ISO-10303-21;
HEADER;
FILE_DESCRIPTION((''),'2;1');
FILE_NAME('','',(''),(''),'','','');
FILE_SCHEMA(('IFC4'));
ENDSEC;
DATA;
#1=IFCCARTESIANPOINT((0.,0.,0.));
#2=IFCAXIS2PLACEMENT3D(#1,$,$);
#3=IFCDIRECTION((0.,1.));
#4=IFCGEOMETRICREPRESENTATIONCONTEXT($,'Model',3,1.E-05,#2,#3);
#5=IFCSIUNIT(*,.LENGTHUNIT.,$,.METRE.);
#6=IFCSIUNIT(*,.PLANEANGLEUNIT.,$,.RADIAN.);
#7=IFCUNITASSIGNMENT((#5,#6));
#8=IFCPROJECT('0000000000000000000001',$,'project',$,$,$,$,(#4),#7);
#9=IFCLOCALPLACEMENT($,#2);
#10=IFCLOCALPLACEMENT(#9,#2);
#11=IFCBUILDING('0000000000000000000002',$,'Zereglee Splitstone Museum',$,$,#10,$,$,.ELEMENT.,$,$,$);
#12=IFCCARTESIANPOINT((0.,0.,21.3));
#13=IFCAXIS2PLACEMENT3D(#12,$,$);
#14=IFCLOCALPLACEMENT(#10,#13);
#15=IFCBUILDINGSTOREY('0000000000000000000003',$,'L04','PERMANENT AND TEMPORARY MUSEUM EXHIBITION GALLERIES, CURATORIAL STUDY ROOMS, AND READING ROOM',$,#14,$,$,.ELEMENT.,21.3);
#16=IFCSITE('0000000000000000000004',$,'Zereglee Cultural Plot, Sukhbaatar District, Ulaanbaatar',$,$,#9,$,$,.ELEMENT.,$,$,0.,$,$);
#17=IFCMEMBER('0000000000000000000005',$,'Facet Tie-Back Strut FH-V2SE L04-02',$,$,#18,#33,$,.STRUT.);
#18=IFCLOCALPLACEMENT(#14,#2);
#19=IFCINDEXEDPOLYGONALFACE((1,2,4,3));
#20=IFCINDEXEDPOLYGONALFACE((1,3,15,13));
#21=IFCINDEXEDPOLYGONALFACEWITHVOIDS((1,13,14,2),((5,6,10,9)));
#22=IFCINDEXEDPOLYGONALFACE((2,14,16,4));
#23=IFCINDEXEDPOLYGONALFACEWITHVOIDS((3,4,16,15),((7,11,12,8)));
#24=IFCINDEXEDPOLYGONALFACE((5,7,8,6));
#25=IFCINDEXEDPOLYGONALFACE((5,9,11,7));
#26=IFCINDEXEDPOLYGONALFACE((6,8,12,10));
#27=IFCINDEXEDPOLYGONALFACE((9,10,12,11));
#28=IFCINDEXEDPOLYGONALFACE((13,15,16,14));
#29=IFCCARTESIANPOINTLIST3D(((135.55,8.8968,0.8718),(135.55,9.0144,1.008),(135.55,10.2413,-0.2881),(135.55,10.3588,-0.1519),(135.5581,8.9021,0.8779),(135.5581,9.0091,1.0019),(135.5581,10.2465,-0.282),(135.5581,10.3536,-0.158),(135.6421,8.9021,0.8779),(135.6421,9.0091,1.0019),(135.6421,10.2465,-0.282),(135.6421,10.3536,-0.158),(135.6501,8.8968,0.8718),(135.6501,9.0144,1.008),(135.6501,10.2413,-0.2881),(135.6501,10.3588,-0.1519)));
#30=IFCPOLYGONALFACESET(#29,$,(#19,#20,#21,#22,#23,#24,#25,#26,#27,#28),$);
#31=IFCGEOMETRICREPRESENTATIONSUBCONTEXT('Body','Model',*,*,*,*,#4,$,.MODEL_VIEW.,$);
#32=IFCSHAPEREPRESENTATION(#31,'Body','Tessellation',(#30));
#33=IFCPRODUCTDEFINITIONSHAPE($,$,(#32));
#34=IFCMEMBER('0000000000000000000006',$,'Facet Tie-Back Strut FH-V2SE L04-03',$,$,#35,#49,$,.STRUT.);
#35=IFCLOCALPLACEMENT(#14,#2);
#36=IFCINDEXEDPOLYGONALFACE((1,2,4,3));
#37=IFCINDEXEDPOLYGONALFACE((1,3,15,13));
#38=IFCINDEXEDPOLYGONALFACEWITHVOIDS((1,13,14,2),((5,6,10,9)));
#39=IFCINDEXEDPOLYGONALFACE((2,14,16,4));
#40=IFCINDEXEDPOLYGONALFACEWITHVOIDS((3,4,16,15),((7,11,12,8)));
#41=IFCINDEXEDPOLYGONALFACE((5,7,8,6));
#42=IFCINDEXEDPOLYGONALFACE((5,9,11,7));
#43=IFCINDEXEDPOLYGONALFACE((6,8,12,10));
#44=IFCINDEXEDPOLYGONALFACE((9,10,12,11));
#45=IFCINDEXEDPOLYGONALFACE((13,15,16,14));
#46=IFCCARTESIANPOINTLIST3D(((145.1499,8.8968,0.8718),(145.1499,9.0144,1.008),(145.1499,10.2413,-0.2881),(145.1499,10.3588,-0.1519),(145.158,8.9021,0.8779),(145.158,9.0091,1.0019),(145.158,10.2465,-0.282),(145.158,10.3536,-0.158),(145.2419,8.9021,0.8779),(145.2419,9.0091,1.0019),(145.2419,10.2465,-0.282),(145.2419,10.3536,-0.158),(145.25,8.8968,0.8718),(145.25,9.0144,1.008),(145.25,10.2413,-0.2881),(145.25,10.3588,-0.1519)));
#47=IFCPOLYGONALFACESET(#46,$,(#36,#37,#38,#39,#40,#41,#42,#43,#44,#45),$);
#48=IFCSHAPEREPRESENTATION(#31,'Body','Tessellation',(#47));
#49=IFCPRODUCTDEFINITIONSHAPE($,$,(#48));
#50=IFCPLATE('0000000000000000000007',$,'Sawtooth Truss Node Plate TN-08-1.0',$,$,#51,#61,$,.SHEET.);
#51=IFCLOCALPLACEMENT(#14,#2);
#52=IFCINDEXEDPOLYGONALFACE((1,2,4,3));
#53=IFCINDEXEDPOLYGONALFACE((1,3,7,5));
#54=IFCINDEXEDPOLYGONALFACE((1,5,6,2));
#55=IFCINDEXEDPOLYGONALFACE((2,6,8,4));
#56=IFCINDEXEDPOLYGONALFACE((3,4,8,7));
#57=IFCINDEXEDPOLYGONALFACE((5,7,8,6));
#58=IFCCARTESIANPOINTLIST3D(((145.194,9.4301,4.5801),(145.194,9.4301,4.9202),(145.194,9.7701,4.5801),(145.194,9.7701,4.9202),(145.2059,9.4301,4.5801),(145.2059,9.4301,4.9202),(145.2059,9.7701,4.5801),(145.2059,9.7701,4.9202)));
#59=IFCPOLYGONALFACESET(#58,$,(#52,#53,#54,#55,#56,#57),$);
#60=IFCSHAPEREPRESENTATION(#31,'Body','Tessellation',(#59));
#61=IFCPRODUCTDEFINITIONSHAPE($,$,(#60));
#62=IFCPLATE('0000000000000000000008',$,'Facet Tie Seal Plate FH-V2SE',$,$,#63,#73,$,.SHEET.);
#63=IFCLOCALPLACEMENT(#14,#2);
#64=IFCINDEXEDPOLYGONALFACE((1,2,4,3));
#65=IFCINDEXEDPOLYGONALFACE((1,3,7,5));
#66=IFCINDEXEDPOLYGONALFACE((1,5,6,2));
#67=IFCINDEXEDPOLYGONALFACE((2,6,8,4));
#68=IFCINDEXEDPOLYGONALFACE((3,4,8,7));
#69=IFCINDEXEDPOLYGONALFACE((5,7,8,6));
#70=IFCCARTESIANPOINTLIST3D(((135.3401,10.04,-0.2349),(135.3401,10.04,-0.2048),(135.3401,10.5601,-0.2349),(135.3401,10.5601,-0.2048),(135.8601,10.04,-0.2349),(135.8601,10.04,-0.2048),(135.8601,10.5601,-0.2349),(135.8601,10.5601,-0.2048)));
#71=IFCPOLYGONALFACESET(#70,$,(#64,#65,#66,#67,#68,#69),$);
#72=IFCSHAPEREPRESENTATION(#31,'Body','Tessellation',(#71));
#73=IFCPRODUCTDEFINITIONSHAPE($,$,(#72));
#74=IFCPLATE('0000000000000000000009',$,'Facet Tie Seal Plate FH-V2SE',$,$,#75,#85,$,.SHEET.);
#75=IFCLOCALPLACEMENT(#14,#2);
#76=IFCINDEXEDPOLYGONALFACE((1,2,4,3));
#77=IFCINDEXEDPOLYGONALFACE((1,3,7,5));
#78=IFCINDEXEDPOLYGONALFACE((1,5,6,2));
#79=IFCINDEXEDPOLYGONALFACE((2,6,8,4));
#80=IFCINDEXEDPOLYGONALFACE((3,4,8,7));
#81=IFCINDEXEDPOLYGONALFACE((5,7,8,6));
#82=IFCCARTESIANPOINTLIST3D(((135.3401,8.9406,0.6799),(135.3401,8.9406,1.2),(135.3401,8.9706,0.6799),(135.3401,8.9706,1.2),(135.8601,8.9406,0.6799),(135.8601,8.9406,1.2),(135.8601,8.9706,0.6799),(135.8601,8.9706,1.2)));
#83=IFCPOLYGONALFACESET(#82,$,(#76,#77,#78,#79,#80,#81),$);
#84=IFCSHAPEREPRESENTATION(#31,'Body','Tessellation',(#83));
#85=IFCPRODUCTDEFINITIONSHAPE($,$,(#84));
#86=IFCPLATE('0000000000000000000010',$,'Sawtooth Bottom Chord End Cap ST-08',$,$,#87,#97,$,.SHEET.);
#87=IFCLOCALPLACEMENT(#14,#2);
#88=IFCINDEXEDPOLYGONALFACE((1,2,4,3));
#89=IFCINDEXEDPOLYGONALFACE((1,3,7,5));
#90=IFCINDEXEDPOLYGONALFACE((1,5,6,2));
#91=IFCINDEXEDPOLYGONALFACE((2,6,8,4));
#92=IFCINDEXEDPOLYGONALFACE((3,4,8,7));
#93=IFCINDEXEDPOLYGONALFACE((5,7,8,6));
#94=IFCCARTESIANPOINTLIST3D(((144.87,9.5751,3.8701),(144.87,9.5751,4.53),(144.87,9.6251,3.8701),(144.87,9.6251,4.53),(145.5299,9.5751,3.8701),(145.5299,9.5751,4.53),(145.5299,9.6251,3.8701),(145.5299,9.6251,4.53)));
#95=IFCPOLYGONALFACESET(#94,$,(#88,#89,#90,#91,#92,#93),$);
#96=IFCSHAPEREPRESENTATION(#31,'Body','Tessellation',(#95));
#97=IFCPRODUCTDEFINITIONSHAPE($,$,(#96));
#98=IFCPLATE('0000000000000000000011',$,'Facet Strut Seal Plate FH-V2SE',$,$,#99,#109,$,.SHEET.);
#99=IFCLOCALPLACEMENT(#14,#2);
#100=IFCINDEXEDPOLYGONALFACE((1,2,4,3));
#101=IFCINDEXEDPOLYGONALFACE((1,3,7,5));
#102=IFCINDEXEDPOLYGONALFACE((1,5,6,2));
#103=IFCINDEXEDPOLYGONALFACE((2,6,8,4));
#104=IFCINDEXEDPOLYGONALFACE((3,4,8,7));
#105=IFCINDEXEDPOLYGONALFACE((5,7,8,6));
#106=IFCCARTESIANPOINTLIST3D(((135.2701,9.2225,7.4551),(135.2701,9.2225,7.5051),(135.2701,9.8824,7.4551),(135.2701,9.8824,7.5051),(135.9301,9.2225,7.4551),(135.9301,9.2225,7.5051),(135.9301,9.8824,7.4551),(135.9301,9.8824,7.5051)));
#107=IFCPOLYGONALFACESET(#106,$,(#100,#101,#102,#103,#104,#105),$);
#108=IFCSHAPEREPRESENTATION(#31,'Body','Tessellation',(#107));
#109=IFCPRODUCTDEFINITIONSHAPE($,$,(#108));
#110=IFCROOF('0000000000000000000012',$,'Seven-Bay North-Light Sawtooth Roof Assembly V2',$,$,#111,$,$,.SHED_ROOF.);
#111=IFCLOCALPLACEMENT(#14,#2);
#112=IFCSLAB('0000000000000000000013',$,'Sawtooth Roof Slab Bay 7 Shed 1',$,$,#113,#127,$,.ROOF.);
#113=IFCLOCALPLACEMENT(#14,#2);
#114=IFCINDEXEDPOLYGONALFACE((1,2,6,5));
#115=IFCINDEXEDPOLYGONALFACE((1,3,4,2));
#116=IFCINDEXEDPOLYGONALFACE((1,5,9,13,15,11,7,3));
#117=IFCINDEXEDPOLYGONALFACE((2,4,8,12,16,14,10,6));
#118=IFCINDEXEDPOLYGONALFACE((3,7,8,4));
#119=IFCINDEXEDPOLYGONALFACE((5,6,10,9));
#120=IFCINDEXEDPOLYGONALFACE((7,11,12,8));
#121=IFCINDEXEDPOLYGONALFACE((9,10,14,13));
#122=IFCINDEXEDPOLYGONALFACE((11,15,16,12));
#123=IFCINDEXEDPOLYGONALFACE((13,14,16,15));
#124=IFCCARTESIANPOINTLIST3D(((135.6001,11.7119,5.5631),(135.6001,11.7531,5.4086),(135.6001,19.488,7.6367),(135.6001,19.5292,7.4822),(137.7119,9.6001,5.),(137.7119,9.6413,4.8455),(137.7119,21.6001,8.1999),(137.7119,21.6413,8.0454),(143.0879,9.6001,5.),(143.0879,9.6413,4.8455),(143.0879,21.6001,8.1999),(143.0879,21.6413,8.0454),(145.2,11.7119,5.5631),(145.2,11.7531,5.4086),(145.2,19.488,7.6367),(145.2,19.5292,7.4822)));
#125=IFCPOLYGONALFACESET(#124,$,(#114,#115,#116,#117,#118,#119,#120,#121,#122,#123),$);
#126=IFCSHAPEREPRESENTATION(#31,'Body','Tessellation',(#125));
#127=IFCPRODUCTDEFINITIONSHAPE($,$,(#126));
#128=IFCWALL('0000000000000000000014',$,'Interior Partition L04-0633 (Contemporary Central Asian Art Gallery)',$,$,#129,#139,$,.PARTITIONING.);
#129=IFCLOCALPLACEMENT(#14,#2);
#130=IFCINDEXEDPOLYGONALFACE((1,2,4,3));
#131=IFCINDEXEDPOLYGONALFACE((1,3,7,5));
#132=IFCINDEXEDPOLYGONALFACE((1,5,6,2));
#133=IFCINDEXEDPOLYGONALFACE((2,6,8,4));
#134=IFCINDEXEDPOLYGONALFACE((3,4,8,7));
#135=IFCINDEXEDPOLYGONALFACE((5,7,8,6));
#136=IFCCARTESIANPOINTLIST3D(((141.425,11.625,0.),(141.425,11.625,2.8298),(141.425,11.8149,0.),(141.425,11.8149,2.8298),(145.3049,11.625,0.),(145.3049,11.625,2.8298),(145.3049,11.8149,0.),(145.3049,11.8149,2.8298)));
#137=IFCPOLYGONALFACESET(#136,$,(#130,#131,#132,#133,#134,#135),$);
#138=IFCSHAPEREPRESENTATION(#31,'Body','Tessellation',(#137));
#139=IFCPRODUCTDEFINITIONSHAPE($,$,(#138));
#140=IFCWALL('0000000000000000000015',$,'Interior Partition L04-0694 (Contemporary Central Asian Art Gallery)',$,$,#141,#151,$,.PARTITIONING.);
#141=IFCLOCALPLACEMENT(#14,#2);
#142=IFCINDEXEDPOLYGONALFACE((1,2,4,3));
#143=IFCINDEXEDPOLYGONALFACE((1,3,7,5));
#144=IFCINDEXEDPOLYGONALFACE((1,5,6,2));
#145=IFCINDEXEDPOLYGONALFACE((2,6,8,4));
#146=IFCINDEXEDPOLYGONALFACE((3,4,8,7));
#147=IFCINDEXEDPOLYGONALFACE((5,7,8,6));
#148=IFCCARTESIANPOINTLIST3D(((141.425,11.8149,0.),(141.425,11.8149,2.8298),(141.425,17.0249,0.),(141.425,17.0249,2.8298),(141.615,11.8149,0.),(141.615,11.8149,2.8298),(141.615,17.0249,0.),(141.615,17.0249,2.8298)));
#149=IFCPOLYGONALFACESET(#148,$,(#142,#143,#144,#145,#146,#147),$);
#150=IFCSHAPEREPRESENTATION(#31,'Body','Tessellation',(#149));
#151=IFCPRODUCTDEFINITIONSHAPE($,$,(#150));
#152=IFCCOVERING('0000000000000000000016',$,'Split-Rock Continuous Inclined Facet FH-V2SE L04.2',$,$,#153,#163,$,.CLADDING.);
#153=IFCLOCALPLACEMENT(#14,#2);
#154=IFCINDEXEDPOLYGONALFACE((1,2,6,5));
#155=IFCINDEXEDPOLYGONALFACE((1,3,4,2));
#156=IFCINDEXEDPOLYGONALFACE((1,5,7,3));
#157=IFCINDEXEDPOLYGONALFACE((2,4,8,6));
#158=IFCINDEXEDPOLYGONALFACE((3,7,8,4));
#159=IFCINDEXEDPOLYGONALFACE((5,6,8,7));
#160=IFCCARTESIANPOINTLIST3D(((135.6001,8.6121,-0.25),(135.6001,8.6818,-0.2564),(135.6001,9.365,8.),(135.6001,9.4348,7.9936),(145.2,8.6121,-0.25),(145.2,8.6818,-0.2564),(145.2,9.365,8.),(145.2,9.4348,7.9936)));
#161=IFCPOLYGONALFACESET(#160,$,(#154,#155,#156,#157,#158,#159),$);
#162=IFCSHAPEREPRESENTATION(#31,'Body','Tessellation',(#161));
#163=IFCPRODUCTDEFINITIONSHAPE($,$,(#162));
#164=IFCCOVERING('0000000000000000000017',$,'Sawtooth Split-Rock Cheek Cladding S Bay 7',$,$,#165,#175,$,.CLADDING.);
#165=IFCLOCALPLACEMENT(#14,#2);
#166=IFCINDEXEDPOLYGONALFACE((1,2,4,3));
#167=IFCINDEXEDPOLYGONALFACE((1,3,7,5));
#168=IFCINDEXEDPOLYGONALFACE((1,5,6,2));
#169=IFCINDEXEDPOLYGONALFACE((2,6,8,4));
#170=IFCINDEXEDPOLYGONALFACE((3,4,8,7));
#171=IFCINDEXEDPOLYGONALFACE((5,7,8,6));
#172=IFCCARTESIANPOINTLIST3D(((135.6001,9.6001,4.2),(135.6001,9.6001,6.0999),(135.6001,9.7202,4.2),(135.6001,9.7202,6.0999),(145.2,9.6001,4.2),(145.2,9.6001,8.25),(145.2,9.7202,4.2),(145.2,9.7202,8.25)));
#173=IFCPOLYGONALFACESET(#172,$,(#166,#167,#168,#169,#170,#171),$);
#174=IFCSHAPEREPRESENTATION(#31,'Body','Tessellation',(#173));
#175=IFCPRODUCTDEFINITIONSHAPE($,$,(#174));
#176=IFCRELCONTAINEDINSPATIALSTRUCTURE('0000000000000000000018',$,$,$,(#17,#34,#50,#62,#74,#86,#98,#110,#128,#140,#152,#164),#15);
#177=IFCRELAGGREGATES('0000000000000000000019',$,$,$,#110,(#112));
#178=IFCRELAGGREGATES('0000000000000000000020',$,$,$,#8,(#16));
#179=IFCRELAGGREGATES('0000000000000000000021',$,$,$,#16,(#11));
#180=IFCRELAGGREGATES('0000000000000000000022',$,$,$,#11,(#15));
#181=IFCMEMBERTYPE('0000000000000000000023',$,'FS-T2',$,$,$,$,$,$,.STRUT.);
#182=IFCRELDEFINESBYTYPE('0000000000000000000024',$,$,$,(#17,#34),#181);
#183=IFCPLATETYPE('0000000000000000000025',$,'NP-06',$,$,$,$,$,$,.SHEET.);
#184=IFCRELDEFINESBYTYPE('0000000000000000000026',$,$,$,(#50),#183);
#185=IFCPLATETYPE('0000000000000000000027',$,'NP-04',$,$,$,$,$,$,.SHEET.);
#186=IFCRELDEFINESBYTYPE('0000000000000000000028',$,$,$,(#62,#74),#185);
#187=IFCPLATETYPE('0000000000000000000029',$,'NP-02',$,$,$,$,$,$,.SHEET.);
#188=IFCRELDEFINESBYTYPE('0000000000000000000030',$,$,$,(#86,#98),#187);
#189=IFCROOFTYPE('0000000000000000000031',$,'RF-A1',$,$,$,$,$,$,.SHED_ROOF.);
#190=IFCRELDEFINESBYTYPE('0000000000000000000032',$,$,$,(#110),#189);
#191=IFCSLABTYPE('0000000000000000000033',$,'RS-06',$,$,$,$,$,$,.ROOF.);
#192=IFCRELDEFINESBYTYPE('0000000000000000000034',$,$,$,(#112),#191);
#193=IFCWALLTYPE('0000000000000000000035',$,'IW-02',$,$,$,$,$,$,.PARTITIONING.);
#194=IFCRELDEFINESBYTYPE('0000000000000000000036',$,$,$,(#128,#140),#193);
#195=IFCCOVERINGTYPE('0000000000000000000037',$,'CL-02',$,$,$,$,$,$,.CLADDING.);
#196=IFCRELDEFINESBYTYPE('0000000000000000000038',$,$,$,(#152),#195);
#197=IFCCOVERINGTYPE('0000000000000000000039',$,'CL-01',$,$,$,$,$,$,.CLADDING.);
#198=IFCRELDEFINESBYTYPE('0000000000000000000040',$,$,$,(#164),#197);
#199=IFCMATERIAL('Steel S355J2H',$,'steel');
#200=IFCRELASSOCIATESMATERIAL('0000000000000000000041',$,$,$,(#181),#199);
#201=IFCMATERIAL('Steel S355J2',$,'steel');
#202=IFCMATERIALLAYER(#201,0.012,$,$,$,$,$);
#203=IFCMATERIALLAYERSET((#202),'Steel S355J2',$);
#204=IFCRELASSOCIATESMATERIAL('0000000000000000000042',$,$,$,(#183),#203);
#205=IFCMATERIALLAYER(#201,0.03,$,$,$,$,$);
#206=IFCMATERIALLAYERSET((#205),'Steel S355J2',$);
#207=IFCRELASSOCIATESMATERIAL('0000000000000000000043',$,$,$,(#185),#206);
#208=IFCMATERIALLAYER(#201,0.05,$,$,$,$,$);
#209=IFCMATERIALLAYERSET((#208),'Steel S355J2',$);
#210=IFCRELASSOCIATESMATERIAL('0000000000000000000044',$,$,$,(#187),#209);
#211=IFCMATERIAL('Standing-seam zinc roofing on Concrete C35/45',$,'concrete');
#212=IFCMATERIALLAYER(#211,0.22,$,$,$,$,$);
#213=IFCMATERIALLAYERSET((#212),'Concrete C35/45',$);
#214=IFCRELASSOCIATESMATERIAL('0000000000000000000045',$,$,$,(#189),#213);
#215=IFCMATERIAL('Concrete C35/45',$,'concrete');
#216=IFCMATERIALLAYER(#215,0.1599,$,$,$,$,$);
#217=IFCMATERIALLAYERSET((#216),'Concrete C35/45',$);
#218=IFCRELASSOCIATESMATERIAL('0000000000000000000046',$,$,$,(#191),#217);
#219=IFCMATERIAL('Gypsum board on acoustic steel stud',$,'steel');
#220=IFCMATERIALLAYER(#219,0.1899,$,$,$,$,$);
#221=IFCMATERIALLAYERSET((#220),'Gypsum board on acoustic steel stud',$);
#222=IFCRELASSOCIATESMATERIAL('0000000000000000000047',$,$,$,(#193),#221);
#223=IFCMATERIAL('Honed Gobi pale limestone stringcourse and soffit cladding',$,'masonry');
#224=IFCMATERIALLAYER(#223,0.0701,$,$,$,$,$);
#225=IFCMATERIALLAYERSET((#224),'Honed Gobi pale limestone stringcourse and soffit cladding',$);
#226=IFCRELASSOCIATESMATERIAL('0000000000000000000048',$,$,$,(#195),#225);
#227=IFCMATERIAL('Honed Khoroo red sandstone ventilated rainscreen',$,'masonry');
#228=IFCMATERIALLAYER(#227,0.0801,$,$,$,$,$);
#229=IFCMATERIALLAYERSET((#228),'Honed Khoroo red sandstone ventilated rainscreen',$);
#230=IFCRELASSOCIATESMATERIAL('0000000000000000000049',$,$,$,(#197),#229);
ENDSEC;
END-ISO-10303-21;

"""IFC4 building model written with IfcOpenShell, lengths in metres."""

from ifc_helpers import new_model, si_unit, direction, frame, frame_2d, origin, origin_2d, place, context, subcontext, project, spatial, polyline, rectangle, hollow_rectangle, outline, extrude, material, layer, layer_set, material_profile, profile_set, type_object, element, aggregate, save


model = new_model("IFC4")

# Units and contexts
model_context = context("Model", 3, precision=1e-05, world=origin(), true_north=direction((0.0, 1.0)))
body_context = subcontext(model_context, "Body", "Model", "MODEL_VIEW")
ifc_project = project(units=[si_unit("LENGTHUNIT", "METRE"), si_unit("PLANEANGLEUNIT", "RADIAN")], contexts=[model_context])

# Site, building, storey
site_placement = place(None, origin())
site = spatial("IfcSite", under=ifc_project, at=site_placement, Name="Zereglee Cultural Plot, Sukhbaatar District, Ulaanbaatar", CompositionType="ELEMENT", RefElevation=0.0)
building_placement = place(site_placement, origin())
building = spatial("IfcBuilding", under=site, at=building_placement, Name="Zereglee Splitstone Museum", CompositionType="ELEMENT")
storey_placement = place(building_placement, frame((0.0, 0.0, 21.3)))
storey = spatial("IfcBuildingStorey", under=building, at=storey_placement, Name="L04", Description="PERMANENT AND TEMPORARY MUSEUM EXHIBITION GALLERIES, CURATORIAL STUDY ROOMS, AND READING ROOM", CompositionType="ELEMENT", Elevation=21.3)

# Shared definitions
ifc_material_1 = material(Name="Steel S355J2", Category="steel")

# Shared definitions
ifc_material_2 = material(Name="Steel S355J2H", Category="steel")

# Members
ifc_material_profile_1 = material_profile(ifc_material_2, hollow_rectangle(XDim=0.1001, YDim=0.1799, WallThickness=0.0081, at=origin_2d()), Name="RHS 180x100x8")
ifc_profile_set_1 = profile_set([ifc_material_profile_1], Name="Steel S355J2H")
member_type_1 = type_object("IfcMemberType", Name="FS-T2", PredefinedType="STRUT", material=ifc_profile_set_1)
for number, where, z_axis, x_axis, name in (
    (1, (135.6001, 10.3, -0.22), (0.0, -0.757166, 0.653222), (1.0, 0.0, 0.0), "Facet Tie-Back Strut FH-V2SE L04-02"),
    (2, (145.2, 10.3, -0.22), (0.0, -0.757166, 0.653222), (1.0, 0.0, 0.0), "Facet Tie-Back Strut FH-V2SE L04-03"),
):
    element("IfcMember", number, at=place(storey_placement, frame(where, z_axis=z_axis, x_axis=x_axis)), inside=storey, type_object=member_type_1, Name=name, PredefinedType="STRUT", context=body_context, shape_type="SweptSolid", body=[
        extrude(hollow_rectangle(XDim=0.1001, YDim=0.1799, WallThickness=0.0081, at=origin_2d()), origin(), (0.0, 0.0, 1.0), 1.7756),
    ])

# Plates
ifc_layer_1 = layer(ifc_material_1, 0.012)
ifc_layer_set_1 = layer_set([ifc_layer_1], Name="Steel S355J2")
plate_type_1 = type_object("IfcPlateType", Name="NP-06", PredefinedType="SHEET", material=ifc_layer_set_1)
plate_1_placement = place(storey_placement, frame((145.2, 9.6001, 4.5801), z_axis=(0.0, 0.0, 1.0), x_axis=(1.0, 0.0, 0.0)))
element("IfcPlate", 3, at=plate_1_placement, inside=storey, type_object=plate_type_1, Name="Sawtooth Truss Node Plate TN-08-1.0", PredefinedType="SHEET", context=body_context, shape_type="SweptSolid", body=[
    extrude(rectangle(XDim=0.012, YDim=0.3401, at=origin_2d()), origin(), (0.0, 0.0, 1.0), 0.3401),
])
ifc_layer_2 = layer(ifc_material_1, 0.03)
ifc_layer_set_2 = layer_set([ifc_layer_2], Name="Steel S355J2")
plate_type_2 = type_object("IfcPlateType", Name="NP-04", PredefinedType="SHEET", material=ifc_layer_set_2)
plate_2_placement = place(storey_placement, frame((135.6001, 10.3, -0.2349), z_axis=(0.0, 0.0, 1.0), x_axis=(1.0, 0.0, 0.0)))
element("IfcPlate", 4, at=plate_2_placement, inside=storey, type_object=plate_type_2, Name="Facet Tie Seal Plate FH-V2SE", PredefinedType="SHEET", context=body_context, shape_type="SweptSolid", body=[
    extrude(rectangle(XDim=0.52, YDim=0.52, at=origin_2d()), origin(), (0.0, 0.0, 1.0), 0.03),
])
plate_3_placement = place(storey_placement, frame((135.6001, 8.9556, 0.6799), z_axis=(0.0, 0.0, 1.0), x_axis=(1.0, 0.0, 0.0)))
element("IfcPlate", 5, at=plate_3_placement, inside=storey, type_object=plate_type_2, Name="Facet Tie Seal Plate FH-V2SE", PredefinedType="SHEET", context=body_context, shape_type="SweptSolid", body=[
    extrude(rectangle(XDim=0.52, YDim=0.03, at=origin_2d()), origin(), (0.0, 0.0, 1.0), 0.52),
])
ifc_layer_3 = layer(ifc_material_1, 0.05)
ifc_layer_set_3 = layer_set([ifc_layer_3], Name="Steel S355J2")
plate_type_3 = type_object("IfcPlateType", Name="NP-02", PredefinedType="SHEET", material=ifc_layer_set_3)
plate_4_placement = place(storey_placement, frame((145.2, 9.6001, 3.8701), z_axis=(0.0, 0.0, 1.0), x_axis=(1.0, 0.0, 0.0)))
element("IfcPlate", 6, at=plate_4_placement, inside=storey, type_object=plate_type_3, Name="Sawtooth Bottom Chord End Cap ST-08", PredefinedType="SHEET", context=body_context, shape_type="SweptSolid", body=[
    extrude(rectangle(XDim=0.6599, YDim=0.05, at=origin_2d()), origin(), (0.0, 0.0, 1.0), 0.6599),
])
plate_5_placement = place(storey_placement, frame((135.6001, 9.5525, 7.4551), z_axis=(0.0, 0.0, 1.0), x_axis=(1.0, 0.0, 0.0)))
element("IfcPlate", 7, at=plate_5_placement, inside=storey, type_object=plate_type_3, Name="Facet Strut Seal Plate FH-V2SE", PredefinedType="SHEET", context=body_context, shape_type="SweptSolid", body=[
    extrude(rectangle(XDim=0.6599, YDim=0.6599, at=origin_2d()), origin(), (0.0, 0.0, 1.0), 0.05),
])

# Roof, slab
ifc_material_3 = material(Name="Standing-seam zinc roofing on Concrete C35/45", Category="concrete")
ifc_layer_4 = layer(ifc_material_3, 0.22)
ifc_layer_set_4 = layer_set([ifc_layer_4], Name="Concrete C35/45")
roof_type = type_object("IfcRoofType", Name="RF-A1", PredefinedType="SHED_ROOF", material=ifc_layer_set_4)
roof_placement = place(storey_placement, origin())
roof = element("IfcRoof", 8, at=roof_placement, inside=storey, type_object=roof_type, Name="Seven-Bay North-Light Sawtooth Roof Assembly V2", PredefinedType="SHED_ROOF")
ifc_material_4 = material(Name="Concrete C35/45", Category="concrete")
ifc_layer_5 = layer(ifc_material_4, 0.1599)
ifc_layer_set_5 = layer_set([ifc_layer_5], Name="Concrete C35/45")
slab_type = type_object("IfcSlabType", Name="RS-06", PredefinedType="ROOF", material=ifc_layer_set_5)
slab_placement = place(storey_placement, frame((137.7119, 9.6001, 5.0), z_axis=(0.0, -0.257657, 0.966236), x_axis=(1.0, 0.0, 0.0)))
slab = element("IfcSlab", 9, at=slab_placement, type_object=slab_type, Name="Sawtooth Roof Slab Bay 7 Shed 1", PredefinedType="ROOF", context=body_context, shape_type="SweptSolid", body=[
    extrude(outline(polyline([(0.0, 0.0), (5.376, 0.0), (7.488, 2.1856), (7.488, 10.2335), (5.376, 12.4193), (0.0, 12.4193), (-2.1118, 10.2335), (-2.1118, 2.1856), (0.0, 0.0)])), origin(), (0.0, 0.0, -1.0), 0.1599),
])
aggregate(roof, [slab])

# Walls
ifc_material_5 = material(Name="Gypsum board on acoustic steel stud", Category="steel")
ifc_layer_6 = layer(ifc_material_5, 0.1899)
ifc_layer_set_6 = layer_set([ifc_layer_6], Name="Gypsum board on acoustic steel stud")
wall_type = type_object("IfcWallType", Name="IW-02", PredefinedType="PARTITIONING", material=ifc_layer_set_6)
wall_1_placement = place(storey_placement, frame((141.425, 11.72, 0.0), z_axis=(0.0, 0.0, 1.0), x_axis=(1.0, 0.0, 0.0)))
element("IfcWall", 10, at=wall_1_placement, inside=storey, type_object=wall_type, Name="Interior Partition L04-0633 (Contemporary Central Asian Art Gallery)", PredefinedType="PARTITIONING", context=body_context, shape_type="SweptSolid", body=[
    extrude(rectangle(XDim=3.8799, YDim=0.1899, at=frame_2d((1.9399, 0.0))), origin(), (0.0, 0.0, 1.0), 2.8298),
])
wall_2_placement = place(storey_placement, frame((141.52, 11.8149, 0.0), z_axis=(0.0, 0.0, 1.0), x_axis=(0.0, 1.0, 0.0)))
element("IfcWall", 11, at=wall_2_placement, inside=storey, type_object=wall_type, Name="Interior Partition L04-0694 (Contemporary Central Asian Art Gallery)", PredefinedType="PARTITIONING", context=body_context, shape_type="SweptSolid", body=[
    extrude(rectangle(XDim=5.21, YDim=0.1899, at=frame_2d((2.605, 0.0))), origin(), (0.0, 0.0, 1.0), 2.8298),
])

# Coverings
ifc_material_6 = material(Name="Honed Gobi pale limestone stringcourse and soffit cladding", Category="masonry")
ifc_layer_7 = layer(ifc_material_6, 0.0701)
ifc_layer_set_7 = layer_set([ifc_layer_7], Name="Honed Gobi pale limestone stringcourse and soffit cladding")
covering_type_1 = type_object("IfcCoveringType", Name="CL-02", PredefinedType="CLADDING", material=ifc_layer_set_7)
covering_1_placement = place(storey_placement, frame((135.6001, 8.6121, -0.25), z_axis=(0.0, -0.995861, 0.090886), x_axis=(1.0, 0.0, 0.0)))
element("IfcCovering", 12, at=covering_1_placement, inside=storey, type_object=covering_type_1, Name="Split-Rock Continuous Inclined Facet FH-V2SE L04.2", PredefinedType="CLADDING", context=body_context, shape_type="SweptSolid", body=[
    extrude(outline(polyline([(0.0, 0.0), (9.5999, 0.0), (9.5999, 8.2843), (0.0, 8.2843), (0.0, 0.0)])), origin(), (0.0, 0.0, -1.0), 0.0701),
])
ifc_material_7 = material(Name="Honed Khoroo red sandstone ventilated rainscreen", Category="masonry")
ifc_layer_8 = layer(ifc_material_7, 0.0801)
ifc_layer_set_8 = layer_set([ifc_layer_8], Name="Honed Khoroo red sandstone ventilated rainscreen")
covering_type_2 = type_object("IfcCoveringType", Name="CL-01", PredefinedType="CLADDING", material=ifc_layer_set_8)
covering_2_placement = place(storey_placement, frame((135.6001, 9.6001, 4.2), z_axis=(0.0, -1.0, 0.0), x_axis=(1.0, 0.0, 0.0)))
element("IfcCovering", 13, at=covering_2_placement, inside=storey, type_object=covering_type_2, Name="Sawtooth Split-Rock Cheek Cladding S Bay 7", PredefinedType="CLADDING", context=body_context, shape_type="SweptSolid", body=[
    extrude(outline(polyline([(0.0, 0.0), (9.5999, 0.0), (9.5999, 4.05), (0.0, 1.8999), (0.0, 0.0)])), origin(), (0.0, 0.0, -1.0), 0.1201),
])

save(model, "model.ifc")
